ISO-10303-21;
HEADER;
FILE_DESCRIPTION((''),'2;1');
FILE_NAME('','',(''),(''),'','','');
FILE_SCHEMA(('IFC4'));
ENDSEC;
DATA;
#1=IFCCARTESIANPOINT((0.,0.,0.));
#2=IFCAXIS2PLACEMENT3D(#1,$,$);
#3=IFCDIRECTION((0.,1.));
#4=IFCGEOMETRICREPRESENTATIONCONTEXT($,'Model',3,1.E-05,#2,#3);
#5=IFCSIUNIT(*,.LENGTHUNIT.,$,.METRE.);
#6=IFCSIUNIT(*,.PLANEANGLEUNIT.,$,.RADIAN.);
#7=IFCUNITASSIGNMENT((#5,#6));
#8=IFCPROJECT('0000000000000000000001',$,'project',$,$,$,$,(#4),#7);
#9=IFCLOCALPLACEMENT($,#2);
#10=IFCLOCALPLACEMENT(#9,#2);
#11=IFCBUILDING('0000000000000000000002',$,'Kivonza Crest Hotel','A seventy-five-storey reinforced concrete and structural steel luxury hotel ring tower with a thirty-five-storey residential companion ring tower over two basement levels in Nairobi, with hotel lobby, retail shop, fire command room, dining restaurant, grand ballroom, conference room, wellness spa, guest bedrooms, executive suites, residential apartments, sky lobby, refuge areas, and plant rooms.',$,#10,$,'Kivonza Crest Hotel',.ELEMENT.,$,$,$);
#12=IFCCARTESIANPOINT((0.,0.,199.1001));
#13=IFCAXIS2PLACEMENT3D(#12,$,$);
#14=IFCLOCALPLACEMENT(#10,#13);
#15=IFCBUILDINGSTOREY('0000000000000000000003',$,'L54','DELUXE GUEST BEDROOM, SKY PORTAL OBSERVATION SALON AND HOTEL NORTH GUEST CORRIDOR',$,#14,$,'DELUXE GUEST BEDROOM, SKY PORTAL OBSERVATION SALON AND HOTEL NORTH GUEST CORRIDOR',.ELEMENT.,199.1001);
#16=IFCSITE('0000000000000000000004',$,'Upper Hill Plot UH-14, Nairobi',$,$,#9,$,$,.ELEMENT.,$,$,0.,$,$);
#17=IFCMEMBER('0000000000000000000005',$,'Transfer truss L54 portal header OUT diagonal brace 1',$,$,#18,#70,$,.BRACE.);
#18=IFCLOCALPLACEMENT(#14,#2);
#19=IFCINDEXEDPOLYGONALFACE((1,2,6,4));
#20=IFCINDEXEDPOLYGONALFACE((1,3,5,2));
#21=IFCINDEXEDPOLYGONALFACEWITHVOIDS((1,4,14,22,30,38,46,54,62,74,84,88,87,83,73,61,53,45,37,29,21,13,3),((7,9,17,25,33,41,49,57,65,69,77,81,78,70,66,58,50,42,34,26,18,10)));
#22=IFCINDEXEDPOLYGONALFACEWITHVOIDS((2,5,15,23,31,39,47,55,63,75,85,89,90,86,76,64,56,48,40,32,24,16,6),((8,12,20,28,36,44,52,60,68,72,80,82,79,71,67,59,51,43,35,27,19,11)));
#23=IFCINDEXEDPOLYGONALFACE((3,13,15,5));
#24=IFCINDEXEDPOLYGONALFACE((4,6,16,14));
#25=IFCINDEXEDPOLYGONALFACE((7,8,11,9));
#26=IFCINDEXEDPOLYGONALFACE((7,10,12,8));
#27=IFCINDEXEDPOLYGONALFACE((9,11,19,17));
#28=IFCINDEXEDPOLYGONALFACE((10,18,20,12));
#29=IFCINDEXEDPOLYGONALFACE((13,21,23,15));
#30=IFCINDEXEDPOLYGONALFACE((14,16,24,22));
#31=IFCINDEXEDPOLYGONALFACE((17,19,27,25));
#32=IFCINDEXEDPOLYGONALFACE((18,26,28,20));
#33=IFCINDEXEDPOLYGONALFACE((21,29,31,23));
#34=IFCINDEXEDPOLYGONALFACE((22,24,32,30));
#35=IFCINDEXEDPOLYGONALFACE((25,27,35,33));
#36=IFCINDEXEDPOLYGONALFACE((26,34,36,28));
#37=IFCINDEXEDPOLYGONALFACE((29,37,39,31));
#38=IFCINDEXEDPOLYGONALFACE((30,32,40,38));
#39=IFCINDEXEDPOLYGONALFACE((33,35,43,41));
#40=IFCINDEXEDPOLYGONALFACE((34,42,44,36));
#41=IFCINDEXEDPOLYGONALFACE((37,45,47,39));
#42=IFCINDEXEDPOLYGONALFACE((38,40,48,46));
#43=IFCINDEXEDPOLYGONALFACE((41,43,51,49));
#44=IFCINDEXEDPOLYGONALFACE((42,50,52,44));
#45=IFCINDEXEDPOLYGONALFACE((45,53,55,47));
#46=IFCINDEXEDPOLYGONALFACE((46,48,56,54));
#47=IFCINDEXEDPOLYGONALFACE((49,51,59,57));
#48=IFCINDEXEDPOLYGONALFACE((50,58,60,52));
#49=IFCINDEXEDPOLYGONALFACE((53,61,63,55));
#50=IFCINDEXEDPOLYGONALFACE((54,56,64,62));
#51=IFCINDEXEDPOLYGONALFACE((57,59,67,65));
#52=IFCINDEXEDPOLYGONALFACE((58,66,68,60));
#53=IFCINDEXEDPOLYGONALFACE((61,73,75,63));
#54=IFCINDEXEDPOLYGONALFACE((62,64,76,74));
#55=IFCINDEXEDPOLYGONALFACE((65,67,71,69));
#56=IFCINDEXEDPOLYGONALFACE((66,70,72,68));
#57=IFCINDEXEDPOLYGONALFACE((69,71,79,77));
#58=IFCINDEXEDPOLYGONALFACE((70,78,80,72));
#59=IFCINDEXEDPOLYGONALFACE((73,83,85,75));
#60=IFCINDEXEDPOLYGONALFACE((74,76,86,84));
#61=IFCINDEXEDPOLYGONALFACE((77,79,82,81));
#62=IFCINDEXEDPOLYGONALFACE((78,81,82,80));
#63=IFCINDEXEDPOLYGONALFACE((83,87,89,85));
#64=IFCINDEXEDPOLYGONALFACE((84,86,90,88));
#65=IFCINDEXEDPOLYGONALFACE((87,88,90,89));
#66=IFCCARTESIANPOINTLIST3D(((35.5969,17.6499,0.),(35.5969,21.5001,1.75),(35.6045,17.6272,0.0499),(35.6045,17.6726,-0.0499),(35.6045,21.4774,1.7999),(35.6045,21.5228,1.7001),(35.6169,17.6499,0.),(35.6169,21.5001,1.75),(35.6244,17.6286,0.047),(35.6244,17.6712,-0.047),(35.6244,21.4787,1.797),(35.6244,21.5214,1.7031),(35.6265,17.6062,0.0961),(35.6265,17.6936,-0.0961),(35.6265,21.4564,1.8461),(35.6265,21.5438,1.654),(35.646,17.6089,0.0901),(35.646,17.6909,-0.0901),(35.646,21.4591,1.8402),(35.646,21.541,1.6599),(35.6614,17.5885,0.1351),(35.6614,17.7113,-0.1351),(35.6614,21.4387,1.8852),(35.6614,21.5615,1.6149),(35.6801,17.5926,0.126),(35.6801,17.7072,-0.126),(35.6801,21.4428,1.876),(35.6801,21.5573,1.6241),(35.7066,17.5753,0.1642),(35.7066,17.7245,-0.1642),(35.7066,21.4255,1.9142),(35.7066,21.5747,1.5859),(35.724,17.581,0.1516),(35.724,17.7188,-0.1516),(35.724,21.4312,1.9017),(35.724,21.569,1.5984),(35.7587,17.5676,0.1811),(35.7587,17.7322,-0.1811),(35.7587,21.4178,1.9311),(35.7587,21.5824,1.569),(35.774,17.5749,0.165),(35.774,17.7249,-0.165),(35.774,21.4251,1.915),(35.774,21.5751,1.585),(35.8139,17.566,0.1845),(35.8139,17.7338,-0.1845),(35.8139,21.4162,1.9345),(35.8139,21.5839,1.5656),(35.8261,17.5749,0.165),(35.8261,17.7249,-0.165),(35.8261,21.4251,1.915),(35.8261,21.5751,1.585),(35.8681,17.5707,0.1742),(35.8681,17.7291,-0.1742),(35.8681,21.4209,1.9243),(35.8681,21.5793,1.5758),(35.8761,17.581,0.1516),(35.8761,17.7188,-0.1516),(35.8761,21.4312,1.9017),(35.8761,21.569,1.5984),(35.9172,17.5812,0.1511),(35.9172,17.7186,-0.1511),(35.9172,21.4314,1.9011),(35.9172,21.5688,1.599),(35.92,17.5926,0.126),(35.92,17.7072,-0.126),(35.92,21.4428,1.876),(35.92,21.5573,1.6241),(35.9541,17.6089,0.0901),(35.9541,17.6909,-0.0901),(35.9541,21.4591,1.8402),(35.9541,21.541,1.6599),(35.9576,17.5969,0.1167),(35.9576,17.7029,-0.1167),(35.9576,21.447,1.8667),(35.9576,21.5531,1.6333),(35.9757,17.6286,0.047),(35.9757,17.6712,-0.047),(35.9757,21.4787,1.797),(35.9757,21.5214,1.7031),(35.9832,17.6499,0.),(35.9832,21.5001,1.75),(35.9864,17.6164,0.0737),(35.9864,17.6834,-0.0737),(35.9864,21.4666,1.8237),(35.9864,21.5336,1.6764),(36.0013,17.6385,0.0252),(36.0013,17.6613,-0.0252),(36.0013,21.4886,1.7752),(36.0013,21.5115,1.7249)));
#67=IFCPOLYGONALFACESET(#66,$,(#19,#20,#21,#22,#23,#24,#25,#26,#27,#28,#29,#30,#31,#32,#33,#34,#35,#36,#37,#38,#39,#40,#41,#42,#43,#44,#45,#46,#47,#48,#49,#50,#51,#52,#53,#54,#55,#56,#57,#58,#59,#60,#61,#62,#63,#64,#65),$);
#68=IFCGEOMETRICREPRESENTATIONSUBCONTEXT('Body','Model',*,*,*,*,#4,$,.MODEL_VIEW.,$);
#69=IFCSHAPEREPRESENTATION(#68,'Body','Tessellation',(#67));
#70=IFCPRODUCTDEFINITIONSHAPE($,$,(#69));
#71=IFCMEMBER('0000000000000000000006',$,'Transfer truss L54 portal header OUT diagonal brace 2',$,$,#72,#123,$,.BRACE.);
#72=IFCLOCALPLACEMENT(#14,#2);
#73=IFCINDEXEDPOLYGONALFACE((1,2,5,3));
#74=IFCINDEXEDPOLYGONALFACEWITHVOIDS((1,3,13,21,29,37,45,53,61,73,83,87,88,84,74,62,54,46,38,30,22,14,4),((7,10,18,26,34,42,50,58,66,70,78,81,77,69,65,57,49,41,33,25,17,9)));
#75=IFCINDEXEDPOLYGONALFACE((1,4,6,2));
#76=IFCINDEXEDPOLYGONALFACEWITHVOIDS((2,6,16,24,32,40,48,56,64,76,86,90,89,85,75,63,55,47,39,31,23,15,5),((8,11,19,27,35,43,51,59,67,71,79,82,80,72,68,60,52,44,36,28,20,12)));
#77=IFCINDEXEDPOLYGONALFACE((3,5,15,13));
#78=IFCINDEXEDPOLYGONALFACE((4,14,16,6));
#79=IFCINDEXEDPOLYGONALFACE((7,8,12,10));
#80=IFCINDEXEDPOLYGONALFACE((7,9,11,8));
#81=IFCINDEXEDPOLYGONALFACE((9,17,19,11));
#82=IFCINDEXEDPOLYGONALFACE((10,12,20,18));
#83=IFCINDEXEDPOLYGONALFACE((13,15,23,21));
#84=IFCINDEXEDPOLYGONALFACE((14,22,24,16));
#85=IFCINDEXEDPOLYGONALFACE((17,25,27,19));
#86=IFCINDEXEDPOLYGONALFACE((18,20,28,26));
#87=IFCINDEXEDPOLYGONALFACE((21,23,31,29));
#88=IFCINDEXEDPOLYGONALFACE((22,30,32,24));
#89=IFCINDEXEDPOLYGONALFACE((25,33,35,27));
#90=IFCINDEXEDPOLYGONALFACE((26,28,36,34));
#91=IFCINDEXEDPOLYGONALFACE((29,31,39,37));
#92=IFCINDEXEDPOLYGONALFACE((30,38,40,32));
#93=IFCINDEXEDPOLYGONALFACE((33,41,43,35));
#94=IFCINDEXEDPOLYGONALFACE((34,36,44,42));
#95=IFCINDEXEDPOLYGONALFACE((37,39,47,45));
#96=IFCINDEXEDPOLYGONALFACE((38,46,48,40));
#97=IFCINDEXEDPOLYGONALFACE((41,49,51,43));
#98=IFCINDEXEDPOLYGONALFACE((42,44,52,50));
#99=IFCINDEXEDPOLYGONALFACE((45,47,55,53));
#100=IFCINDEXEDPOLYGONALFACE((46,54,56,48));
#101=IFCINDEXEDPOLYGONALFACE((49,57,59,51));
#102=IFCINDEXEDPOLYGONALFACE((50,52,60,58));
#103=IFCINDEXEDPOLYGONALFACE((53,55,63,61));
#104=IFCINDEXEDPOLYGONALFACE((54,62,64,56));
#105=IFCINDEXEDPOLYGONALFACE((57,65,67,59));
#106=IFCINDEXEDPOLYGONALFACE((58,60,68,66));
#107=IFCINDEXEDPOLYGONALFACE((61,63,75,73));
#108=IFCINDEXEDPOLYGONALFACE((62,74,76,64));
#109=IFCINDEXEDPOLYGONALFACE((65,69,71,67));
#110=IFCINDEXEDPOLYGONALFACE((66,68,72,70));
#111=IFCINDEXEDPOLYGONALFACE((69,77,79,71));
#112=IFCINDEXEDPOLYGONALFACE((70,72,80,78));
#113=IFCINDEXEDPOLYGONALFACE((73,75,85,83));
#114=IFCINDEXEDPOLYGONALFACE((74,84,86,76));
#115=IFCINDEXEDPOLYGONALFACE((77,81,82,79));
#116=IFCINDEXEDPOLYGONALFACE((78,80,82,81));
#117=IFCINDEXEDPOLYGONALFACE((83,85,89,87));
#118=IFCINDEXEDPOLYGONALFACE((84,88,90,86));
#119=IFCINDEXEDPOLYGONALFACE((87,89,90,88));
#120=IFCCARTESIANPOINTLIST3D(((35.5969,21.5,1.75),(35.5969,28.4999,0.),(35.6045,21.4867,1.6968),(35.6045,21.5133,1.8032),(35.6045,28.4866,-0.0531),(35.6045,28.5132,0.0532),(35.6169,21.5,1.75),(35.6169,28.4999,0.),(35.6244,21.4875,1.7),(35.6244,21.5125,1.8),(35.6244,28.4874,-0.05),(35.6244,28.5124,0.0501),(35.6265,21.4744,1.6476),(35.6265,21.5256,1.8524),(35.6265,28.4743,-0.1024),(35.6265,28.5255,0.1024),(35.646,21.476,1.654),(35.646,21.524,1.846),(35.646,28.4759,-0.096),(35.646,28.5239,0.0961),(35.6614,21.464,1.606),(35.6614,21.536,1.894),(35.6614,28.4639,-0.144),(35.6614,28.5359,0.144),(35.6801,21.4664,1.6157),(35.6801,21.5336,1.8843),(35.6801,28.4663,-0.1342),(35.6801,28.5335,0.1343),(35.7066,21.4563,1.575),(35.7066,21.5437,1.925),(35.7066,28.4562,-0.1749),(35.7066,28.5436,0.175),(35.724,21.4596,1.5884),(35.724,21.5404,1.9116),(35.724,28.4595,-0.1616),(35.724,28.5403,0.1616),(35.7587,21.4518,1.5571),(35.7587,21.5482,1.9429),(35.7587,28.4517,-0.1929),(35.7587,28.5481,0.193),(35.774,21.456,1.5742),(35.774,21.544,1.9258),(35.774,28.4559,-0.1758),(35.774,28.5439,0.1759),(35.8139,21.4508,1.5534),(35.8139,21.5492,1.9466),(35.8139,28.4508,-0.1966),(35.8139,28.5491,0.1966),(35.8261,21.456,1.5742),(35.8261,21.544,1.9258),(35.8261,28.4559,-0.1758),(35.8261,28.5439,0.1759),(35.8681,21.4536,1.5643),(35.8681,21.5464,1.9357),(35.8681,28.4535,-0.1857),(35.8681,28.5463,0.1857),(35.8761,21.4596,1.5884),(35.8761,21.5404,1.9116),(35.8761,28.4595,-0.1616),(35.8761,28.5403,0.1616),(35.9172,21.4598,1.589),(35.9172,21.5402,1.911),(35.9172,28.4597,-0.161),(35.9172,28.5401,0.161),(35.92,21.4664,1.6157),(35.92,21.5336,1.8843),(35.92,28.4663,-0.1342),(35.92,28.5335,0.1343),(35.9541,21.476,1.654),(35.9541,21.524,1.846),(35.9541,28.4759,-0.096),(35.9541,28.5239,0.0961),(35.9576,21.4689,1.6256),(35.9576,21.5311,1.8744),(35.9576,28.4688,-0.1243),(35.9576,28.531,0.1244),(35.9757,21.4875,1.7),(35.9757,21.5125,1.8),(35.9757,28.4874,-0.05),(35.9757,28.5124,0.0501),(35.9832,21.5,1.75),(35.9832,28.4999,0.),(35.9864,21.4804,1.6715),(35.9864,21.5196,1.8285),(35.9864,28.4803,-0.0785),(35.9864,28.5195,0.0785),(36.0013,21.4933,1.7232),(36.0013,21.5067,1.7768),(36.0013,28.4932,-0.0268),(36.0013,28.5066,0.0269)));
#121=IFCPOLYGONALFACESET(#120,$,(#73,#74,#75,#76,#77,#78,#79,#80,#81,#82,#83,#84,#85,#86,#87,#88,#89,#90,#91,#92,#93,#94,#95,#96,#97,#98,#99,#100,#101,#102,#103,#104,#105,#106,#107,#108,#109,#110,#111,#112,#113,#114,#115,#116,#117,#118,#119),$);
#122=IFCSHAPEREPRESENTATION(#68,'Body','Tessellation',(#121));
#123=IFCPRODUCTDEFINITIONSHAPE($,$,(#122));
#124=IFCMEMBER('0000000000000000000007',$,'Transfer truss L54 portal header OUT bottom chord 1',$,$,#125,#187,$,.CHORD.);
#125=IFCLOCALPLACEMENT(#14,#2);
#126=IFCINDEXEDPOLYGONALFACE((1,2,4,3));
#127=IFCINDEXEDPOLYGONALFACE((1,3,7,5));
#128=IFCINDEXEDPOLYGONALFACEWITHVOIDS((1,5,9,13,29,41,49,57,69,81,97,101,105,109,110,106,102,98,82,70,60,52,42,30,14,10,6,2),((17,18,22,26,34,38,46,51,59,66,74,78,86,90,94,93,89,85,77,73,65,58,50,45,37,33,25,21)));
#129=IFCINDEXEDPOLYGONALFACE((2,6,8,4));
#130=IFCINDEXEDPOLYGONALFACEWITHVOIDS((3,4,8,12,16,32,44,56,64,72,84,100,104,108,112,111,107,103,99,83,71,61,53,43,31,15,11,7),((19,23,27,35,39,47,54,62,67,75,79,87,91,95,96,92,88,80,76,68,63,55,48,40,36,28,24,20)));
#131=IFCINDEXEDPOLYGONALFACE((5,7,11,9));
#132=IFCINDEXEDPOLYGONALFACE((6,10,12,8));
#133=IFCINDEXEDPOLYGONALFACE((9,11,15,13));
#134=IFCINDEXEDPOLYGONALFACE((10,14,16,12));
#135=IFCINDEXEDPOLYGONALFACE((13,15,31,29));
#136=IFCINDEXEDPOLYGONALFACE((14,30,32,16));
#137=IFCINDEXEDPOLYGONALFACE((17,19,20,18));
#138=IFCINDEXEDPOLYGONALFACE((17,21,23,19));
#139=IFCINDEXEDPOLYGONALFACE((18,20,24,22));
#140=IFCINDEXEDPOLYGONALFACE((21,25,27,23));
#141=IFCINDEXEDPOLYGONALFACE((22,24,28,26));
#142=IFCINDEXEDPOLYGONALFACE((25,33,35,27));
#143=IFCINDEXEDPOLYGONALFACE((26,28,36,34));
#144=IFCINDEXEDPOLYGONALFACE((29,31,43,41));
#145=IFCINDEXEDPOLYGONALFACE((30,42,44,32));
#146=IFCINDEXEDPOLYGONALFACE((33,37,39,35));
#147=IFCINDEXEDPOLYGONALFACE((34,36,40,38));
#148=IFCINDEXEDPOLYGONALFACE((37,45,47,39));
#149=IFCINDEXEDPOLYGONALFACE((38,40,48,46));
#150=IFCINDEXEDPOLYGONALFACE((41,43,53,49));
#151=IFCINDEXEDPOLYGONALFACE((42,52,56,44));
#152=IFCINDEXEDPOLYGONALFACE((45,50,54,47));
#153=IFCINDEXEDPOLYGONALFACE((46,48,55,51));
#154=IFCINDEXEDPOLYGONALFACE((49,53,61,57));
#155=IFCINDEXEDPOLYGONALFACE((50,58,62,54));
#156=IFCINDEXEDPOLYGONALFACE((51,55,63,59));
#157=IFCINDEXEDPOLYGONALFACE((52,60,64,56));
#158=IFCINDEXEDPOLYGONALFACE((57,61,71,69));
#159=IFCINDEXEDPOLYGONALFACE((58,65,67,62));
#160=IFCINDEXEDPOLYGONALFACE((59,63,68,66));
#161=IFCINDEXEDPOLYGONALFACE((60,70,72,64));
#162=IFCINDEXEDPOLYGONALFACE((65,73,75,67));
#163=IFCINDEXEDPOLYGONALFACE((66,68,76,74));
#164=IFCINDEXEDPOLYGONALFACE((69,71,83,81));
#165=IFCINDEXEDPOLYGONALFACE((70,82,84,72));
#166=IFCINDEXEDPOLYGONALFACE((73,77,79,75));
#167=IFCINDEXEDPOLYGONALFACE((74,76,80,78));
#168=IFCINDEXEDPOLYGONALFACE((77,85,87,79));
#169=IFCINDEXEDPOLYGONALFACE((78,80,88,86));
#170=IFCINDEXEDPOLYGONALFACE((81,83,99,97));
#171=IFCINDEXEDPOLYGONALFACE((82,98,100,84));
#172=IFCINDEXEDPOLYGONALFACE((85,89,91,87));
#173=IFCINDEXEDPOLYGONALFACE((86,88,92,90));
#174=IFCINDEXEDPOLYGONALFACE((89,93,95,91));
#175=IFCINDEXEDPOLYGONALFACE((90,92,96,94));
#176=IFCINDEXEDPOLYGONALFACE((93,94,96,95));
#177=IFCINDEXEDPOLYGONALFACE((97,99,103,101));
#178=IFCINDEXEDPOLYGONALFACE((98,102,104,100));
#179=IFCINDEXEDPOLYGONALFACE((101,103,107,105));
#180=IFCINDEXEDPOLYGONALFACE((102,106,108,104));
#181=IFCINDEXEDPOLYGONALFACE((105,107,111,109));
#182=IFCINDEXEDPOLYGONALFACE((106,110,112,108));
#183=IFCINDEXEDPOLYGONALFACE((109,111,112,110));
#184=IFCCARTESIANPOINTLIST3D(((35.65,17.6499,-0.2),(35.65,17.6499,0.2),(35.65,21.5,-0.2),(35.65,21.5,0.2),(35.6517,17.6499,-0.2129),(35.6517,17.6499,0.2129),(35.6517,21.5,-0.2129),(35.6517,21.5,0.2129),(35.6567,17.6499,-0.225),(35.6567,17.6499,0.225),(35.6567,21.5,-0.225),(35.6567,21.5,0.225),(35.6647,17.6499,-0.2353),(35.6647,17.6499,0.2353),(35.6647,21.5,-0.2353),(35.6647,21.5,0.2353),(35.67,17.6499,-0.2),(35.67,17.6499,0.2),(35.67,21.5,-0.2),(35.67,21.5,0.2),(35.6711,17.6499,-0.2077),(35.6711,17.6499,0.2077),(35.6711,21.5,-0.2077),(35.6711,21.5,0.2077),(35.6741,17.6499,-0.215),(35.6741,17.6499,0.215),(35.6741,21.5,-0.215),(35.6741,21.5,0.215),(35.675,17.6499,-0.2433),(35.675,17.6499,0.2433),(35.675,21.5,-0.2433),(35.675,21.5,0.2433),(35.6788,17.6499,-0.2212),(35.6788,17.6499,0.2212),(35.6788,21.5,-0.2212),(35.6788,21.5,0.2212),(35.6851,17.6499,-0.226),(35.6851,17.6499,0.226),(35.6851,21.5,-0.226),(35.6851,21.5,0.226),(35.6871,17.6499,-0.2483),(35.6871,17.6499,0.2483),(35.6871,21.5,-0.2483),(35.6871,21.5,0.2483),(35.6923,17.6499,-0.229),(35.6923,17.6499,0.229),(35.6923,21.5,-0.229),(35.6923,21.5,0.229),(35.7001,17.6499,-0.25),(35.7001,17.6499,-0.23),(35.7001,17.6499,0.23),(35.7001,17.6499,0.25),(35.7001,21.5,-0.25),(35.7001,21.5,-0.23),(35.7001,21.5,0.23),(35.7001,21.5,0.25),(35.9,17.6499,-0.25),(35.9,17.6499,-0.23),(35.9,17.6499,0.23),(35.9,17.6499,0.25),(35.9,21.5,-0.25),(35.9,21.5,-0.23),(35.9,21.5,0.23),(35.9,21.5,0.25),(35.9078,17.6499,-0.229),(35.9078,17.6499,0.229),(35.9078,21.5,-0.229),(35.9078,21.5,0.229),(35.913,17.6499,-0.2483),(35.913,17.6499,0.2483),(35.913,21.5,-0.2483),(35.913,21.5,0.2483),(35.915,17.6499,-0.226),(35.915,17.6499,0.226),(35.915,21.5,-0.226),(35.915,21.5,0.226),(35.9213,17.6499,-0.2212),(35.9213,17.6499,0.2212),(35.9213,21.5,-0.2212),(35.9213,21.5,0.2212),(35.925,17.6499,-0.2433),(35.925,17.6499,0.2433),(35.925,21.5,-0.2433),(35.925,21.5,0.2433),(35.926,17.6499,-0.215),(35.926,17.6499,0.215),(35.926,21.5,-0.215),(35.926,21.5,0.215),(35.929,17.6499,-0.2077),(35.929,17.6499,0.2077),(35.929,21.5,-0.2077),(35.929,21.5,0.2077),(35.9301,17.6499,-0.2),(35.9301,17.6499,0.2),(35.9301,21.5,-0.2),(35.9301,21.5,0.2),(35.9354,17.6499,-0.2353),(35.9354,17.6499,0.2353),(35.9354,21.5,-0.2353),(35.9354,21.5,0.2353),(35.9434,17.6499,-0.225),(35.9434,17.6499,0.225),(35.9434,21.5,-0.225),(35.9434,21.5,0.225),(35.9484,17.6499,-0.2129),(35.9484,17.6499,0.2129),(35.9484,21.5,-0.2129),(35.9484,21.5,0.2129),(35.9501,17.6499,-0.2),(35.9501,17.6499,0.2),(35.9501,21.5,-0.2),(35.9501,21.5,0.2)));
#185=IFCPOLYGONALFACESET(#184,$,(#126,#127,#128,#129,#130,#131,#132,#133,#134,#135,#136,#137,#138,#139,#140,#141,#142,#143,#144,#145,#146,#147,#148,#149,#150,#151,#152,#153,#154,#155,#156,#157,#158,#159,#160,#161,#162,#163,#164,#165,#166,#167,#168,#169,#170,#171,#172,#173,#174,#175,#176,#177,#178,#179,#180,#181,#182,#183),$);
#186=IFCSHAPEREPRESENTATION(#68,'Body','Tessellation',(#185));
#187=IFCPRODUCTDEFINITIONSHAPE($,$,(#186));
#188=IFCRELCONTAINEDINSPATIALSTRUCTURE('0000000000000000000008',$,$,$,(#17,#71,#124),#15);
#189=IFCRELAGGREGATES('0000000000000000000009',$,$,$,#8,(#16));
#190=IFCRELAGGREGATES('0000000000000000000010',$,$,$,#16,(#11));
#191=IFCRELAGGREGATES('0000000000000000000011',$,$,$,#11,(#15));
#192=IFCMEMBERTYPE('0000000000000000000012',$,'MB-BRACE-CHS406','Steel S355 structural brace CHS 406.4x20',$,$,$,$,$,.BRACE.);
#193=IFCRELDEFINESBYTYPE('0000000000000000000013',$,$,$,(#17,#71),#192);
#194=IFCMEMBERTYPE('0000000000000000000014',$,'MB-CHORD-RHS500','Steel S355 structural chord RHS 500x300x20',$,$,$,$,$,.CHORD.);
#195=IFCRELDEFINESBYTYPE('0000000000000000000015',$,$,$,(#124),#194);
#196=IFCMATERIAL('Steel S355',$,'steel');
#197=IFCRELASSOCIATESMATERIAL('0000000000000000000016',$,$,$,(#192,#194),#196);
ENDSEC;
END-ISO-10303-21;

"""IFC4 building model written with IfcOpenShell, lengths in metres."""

from ifc_helpers import new_model, si_unit, direction, frame, origin, origin_2d, place, context, subcontext, project, spatial, hollow_rectangle, hollow_circle, extrude, material, material_profile, profile_set, type_object, element, save


model = new_model("IFC4")

# Units and contexts
model_context = context("Model", 3, precision=1e-05, world=origin(), true_north=direction((0.0, 1.0)))
body_context = subcontext(model_context, "Body", "Model", "MODEL_VIEW")
ifc_project = project(units=[si_unit("LENGTHUNIT", "METRE"), si_unit("PLANEANGLEUNIT", "RADIAN")], contexts=[model_context])

# Site, building, storey
site_placement = place(None, origin())
site = spatial("IfcSite", under=ifc_project, at=site_placement, Name="Upper Hill Plot UH-14, Nairobi", CompositionType="ELEMENT", RefElevation=0.0)
building_placement = place(site_placement, origin())
building = spatial("IfcBuilding", under=site, at=building_placement, Name="Kivonza Crest Hotel", Description="A seventy-five-storey reinforced concrete and structural steel luxury hotel ring tower with a thirty-five-storey residential companion ring tower over two basement levels in Nairobi, with hotel lobby, retail shop, fire command room, dining restaurant, grand ballroom, conference room, wellness spa, guest bedrooms, executive suites, residential apartments, sky lobby, refuge areas, and plant rooms.", LongName="Kivonza Crest Hotel", CompositionType="ELEMENT")
storey_placement = place(building_placement, frame((0.0, 0.0, 199.1001)))
storey = spatial("IfcBuildingStorey", under=building, at=storey_placement, Name="L54", Description="DELUXE GUEST BEDROOM, SKY PORTAL OBSERVATION SALON AND HOTEL NORTH GUEST CORRIDOR", LongName="DELUXE GUEST BEDROOM, SKY PORTAL OBSERVATION SALON AND HOTEL NORTH GUEST CORRIDOR", CompositionType="ELEMENT", Elevation=199.1001)

# Shared definitions
ifc_material_1 = material(Name="Steel S355", Category="steel")

# Members
ifc_material_profile_1 = material_profile(ifc_material_1, hollow_circle(Radius=0.2031, WallThickness=0.02, at=origin_2d()), Name="CHS 406.4x20")
ifc_profile_set_1 = profile_set([ifc_material_profile_1], Name="Steel S355")
member_type_1 = type_object("IfcMemberType", Name="MB-BRACE-CHS406", Description="Steel S355 structural brace CHS 406.4x20", PredefinedType="BRACE", material=ifc_profile_set_1)
member_1_placement = place(storey_placement, frame((35.8, 17.6499, 0.0), z_axis=(0.0, 0.91037, 0.413794), x_axis=(-1.0, 0.0, 0.0)))
element("IfcMember", 1, at=member_1_placement, inside=storey, type_object=member_type_1, Name="Transfer truss L54 portal header OUT diagonal brace 1", PredefinedType="BRACE", context=body_context, shape_type="SweptSolid", body=[
    extrude(hollow_circle(Radius=0.2031, WallThickness=0.02, at=origin_2d()), origin(), (0.0, 0.0, 1.0), 4.2292),
])
member_2_placement = place(storey_placement, frame((35.8, 21.5, 1.75), z_axis=(0.0, 0.970143, -0.242536), x_axis=(-1.0, 0.0, 0.0)))
element("IfcMember", 2, at=member_2_placement, inside=storey, type_object=member_type_1, Name="Transfer truss L54 portal header OUT diagonal brace 2", PredefinedType="BRACE", context=body_context, shape_type="SweptSolid", body=[
    extrude(hollow_circle(Radius=0.2031, WallThickness=0.02, at=origin_2d()), origin(), (0.0, 0.0, 1.0), 7.2153),
])
ifc_material_profile_2 = material_profile(ifc_material_1, hollow_rectangle(XDim=0.3, YDim=0.5, WallThickness=0.02, InnerFilletRadius=0.03, OuterFilletRadius=0.05, at=origin_2d()), Name="RHS 500x300x20")
ifc_profile_set_2 = profile_set([ifc_material_profile_2], Name="Steel S355")
member_type_2 = type_object("IfcMemberType", Name="MB-CHORD-RHS500", Description="Steel S355 structural chord RHS 500x300x20", PredefinedType="CHORD", material=ifc_profile_set_2)
for number, where, z_axis, x_axis, name in (
    (3, (35.8, 17.6499, 0.0), (0.0, 1.0, 0.0), (-1.0, 0.0, 0.0), "Transfer truss L54 portal header OUT bottom chord 1"),
):
    element("IfcMember", number, at=place(storey_placement, frame(where, z_axis=z_axis, x_axis=x_axis)), inside=storey, type_object=member_type_2, Name=name, PredefinedType="CHORD", context=body_context, shape_type="SweptSolid", body=[
        extrude(hollow_rectangle(XDim=0.3, YDim=0.5, WallThickness=0.02, InnerFilletRadius=0.03, OuterFilletRadius=0.05, at=origin_2d()), origin(), (0.0, 0.0, 1.0), 3.8501),
    ])

save(model, "model.ifc")
